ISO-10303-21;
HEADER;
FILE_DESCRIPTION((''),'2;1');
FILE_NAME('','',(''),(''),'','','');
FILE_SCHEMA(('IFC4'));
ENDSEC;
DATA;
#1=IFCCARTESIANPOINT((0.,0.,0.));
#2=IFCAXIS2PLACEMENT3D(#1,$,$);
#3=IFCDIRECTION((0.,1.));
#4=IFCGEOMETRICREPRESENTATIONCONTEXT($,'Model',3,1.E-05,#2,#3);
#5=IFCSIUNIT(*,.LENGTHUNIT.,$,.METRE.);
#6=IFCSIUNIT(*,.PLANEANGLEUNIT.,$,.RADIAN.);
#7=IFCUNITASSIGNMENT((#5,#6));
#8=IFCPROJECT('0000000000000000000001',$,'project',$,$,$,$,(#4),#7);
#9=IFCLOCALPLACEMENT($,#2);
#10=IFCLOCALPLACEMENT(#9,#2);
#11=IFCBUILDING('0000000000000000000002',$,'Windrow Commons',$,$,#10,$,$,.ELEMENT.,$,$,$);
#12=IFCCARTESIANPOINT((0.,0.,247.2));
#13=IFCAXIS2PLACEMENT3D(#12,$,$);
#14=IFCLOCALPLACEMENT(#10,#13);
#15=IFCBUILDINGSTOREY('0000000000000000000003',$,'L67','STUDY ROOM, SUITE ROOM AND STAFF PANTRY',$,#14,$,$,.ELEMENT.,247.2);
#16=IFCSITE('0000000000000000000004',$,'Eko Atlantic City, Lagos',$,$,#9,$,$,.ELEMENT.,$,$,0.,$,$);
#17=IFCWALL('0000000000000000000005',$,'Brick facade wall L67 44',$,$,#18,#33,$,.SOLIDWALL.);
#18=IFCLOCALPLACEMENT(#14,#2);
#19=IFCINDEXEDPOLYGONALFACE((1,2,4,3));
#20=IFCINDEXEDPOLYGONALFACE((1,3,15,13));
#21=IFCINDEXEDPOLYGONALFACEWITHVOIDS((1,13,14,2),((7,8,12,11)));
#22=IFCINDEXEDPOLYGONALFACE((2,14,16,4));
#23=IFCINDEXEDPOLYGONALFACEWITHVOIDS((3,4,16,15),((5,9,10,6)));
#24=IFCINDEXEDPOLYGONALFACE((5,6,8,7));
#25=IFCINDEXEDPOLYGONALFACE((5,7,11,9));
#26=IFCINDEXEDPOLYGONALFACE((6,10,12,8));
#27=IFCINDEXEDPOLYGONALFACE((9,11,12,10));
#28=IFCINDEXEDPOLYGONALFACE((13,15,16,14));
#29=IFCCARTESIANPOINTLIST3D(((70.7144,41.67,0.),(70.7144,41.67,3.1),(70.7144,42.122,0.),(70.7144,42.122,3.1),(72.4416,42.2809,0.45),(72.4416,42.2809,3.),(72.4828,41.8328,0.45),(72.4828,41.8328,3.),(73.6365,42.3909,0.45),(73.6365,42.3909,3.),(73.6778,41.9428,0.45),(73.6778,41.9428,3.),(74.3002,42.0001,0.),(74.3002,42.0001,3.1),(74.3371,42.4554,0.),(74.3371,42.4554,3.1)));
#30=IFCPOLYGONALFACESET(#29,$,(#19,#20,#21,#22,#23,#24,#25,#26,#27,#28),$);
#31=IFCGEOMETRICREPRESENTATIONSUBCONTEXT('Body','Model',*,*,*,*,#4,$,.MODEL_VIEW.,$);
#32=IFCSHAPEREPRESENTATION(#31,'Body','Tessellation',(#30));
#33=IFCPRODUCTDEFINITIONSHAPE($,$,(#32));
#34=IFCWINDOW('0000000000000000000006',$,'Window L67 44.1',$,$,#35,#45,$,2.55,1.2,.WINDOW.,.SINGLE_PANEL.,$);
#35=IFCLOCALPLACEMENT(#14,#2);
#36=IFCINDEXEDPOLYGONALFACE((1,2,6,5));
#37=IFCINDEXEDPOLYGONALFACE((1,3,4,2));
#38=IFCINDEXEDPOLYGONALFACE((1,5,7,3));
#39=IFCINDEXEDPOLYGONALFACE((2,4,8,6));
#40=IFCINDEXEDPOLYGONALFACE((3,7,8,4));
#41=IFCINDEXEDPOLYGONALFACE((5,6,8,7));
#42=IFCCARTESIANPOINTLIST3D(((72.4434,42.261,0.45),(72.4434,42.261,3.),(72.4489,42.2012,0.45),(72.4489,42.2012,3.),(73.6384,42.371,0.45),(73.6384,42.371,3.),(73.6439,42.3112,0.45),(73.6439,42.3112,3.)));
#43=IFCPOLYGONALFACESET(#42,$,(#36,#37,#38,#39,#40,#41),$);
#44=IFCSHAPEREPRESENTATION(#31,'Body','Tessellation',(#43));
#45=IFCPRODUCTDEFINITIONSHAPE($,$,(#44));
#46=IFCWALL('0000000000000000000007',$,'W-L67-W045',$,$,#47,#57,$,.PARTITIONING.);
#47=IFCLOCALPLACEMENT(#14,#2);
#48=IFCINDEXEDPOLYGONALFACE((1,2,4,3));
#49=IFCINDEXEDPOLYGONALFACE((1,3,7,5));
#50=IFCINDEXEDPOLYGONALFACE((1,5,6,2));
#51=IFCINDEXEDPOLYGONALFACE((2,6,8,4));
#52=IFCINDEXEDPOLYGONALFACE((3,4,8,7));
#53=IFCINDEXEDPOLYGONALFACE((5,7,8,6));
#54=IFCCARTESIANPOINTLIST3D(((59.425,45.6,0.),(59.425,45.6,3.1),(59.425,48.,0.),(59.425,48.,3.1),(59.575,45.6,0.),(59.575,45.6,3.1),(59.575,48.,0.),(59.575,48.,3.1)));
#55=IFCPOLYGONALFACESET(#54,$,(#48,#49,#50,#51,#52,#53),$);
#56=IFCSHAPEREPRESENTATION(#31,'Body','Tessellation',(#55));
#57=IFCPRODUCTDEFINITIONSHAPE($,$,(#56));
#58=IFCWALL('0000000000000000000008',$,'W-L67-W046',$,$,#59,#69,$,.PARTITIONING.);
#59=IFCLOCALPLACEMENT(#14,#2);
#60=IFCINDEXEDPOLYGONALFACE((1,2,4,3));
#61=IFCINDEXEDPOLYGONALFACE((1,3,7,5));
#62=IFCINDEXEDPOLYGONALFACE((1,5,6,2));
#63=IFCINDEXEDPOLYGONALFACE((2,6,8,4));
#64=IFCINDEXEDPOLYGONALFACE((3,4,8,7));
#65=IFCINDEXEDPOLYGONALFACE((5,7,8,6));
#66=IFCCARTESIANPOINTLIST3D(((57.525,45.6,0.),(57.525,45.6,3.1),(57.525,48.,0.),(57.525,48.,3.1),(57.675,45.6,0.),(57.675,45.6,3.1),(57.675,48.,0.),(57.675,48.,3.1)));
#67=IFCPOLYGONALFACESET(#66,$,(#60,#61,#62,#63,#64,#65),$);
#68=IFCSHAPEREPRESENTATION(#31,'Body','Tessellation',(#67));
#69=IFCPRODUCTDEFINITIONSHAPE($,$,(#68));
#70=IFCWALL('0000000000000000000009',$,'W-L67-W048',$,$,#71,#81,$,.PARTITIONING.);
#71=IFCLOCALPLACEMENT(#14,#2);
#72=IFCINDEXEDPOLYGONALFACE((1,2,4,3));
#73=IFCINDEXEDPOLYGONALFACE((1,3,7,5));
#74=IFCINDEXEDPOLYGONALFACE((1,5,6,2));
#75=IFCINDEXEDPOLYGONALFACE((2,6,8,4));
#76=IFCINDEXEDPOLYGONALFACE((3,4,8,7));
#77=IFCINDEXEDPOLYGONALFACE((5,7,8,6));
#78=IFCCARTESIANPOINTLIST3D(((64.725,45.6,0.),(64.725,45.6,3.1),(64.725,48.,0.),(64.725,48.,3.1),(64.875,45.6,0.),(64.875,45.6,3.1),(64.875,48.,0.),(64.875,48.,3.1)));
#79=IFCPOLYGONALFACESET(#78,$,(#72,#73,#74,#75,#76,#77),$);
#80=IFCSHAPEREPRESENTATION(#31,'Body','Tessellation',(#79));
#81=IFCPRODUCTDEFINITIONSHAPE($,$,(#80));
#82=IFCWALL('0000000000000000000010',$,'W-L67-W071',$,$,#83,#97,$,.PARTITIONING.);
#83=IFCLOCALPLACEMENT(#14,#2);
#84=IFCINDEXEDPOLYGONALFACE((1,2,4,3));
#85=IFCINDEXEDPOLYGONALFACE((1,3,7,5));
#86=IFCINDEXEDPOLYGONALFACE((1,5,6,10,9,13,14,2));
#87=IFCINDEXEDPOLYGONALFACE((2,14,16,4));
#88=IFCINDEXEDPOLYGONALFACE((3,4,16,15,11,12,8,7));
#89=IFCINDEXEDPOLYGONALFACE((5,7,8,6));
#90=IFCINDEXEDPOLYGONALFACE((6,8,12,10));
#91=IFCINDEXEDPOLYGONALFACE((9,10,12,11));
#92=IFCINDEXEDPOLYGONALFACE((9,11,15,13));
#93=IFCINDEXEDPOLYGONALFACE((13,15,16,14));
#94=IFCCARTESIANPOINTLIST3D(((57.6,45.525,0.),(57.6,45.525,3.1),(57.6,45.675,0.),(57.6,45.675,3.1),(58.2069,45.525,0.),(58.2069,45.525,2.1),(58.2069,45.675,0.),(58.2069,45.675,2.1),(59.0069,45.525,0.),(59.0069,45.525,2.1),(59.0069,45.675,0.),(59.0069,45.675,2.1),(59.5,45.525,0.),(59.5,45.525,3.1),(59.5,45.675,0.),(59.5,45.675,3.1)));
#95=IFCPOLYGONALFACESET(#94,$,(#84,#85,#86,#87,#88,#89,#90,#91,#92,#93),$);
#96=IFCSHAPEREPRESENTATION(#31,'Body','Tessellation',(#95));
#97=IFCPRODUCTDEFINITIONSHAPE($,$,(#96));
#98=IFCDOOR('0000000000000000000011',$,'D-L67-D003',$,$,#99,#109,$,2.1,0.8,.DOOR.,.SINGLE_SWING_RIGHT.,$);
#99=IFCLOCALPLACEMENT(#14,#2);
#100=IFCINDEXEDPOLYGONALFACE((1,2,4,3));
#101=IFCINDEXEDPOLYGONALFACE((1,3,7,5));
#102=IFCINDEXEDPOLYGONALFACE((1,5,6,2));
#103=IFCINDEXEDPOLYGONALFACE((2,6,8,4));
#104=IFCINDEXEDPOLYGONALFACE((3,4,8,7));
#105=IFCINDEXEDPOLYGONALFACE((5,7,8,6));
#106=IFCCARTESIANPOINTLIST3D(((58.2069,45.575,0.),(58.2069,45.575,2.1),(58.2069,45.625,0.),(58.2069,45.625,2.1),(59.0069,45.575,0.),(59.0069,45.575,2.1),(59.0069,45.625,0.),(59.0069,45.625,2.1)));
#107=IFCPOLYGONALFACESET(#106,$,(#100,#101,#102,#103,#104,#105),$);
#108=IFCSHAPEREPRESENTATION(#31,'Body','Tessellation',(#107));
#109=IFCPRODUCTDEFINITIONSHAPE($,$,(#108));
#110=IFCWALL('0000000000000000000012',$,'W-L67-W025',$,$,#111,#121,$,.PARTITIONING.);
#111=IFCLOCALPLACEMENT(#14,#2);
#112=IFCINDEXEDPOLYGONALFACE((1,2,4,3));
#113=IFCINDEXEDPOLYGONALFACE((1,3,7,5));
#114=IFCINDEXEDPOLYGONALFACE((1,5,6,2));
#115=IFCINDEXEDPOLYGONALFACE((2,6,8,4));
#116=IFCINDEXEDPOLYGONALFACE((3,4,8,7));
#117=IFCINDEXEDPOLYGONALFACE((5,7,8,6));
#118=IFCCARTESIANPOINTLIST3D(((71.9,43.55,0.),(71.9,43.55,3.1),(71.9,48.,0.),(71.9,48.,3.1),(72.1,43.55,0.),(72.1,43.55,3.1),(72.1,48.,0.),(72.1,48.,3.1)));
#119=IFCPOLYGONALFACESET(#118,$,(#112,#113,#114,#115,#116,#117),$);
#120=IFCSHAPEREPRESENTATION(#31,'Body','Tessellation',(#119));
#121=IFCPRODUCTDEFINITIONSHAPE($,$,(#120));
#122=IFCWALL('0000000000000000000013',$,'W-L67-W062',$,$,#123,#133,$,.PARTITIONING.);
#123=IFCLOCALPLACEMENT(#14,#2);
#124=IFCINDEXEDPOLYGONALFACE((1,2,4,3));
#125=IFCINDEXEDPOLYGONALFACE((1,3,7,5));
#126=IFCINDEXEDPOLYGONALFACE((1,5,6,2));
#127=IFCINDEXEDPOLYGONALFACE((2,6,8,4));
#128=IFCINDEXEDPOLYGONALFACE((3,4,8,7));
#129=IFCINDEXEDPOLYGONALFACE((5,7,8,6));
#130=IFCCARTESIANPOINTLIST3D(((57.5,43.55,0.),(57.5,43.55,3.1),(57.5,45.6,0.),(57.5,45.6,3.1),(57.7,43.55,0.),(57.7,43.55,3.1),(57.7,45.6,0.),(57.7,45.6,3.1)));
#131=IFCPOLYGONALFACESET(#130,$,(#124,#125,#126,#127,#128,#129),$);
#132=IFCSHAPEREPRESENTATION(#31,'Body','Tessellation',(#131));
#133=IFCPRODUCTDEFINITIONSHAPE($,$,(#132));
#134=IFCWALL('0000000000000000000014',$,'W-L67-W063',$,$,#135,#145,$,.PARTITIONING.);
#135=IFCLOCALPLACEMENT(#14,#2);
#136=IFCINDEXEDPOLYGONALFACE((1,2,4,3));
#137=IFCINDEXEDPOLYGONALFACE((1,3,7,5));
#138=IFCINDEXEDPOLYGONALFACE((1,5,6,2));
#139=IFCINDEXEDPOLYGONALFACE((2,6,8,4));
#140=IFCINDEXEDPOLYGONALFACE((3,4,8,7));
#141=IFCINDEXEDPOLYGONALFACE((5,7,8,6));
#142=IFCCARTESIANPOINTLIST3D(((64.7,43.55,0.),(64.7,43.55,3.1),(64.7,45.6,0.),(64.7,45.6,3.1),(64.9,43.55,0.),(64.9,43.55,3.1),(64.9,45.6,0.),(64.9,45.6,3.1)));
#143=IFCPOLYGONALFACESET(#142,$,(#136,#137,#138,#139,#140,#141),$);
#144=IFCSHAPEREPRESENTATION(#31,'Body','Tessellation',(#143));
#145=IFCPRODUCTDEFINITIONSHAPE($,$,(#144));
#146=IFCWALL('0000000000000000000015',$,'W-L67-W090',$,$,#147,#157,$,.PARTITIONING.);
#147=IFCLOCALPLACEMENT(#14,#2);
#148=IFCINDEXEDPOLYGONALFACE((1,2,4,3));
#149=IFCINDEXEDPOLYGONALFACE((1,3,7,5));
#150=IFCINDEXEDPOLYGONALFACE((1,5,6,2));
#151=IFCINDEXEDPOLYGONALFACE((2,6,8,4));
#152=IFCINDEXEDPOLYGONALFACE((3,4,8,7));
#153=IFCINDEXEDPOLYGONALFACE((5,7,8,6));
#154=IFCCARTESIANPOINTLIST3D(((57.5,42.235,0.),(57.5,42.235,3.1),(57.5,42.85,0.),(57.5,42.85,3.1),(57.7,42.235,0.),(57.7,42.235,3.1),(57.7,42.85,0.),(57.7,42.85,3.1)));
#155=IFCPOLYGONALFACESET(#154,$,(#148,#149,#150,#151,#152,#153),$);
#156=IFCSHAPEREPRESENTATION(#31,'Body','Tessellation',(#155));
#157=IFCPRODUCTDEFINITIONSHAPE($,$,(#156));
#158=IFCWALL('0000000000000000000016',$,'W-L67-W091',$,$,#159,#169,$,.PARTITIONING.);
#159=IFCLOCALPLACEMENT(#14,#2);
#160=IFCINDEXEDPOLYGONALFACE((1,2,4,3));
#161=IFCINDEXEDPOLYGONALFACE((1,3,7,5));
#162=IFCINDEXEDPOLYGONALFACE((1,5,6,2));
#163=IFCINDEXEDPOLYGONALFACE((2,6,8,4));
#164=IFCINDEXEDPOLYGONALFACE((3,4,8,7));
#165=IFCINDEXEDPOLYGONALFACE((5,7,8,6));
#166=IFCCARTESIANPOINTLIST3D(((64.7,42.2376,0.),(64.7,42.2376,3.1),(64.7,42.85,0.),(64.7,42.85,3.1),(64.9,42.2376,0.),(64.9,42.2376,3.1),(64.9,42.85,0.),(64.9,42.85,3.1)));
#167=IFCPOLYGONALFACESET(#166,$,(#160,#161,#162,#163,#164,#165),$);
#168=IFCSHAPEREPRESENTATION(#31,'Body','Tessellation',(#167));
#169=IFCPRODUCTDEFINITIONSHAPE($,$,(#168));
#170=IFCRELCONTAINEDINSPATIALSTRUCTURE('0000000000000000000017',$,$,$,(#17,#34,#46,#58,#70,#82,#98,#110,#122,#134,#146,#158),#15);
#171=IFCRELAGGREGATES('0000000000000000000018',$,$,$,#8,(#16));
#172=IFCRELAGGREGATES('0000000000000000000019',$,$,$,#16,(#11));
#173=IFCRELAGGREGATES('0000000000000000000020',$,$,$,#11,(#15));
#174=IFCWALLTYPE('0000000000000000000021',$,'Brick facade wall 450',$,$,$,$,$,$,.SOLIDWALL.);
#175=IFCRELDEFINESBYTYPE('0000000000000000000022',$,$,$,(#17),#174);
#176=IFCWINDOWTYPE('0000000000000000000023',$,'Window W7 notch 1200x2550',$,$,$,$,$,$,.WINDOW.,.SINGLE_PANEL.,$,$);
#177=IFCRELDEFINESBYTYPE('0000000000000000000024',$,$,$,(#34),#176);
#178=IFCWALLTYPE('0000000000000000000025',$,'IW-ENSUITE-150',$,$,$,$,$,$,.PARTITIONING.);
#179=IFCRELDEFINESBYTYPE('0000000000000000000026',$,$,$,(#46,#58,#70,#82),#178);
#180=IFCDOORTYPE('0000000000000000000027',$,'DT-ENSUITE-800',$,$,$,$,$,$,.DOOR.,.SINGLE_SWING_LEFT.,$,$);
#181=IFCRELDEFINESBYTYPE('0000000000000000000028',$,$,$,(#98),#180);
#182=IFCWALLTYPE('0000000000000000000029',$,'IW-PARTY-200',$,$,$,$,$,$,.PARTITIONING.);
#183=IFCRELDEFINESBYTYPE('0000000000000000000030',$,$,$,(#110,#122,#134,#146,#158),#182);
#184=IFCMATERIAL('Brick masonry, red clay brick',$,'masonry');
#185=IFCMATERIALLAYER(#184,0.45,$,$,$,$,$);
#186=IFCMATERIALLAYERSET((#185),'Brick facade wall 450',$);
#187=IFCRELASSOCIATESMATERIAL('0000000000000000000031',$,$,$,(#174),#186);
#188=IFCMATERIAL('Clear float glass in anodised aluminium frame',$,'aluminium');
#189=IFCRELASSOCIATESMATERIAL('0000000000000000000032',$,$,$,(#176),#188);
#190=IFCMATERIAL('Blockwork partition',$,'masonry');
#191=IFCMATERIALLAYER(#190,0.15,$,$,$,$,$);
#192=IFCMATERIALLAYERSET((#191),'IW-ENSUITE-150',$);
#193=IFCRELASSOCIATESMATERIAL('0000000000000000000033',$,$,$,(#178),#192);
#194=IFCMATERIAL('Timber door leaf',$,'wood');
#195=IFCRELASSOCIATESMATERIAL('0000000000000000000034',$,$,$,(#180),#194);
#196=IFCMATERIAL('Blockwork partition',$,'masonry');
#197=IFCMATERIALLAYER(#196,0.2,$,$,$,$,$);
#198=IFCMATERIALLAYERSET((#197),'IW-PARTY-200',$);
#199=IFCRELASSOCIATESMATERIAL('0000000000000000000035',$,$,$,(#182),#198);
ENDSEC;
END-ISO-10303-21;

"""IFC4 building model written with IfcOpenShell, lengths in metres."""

from ifc_helpers import new_model, si_unit, direction, frame, frame_2d, origin, place, context, subcontext, project, spatial, polyline, rectangle, outline, extrude, material, layer, layer_set, type_object, element, fill, save


model = new_model("IFC4")

# Units and contexts
model_context = context("Model", 3, precision=1e-05, world=origin(), true_north=direction((0.0, 1.0)))
body_context = subcontext(model_context, "Body", "Model", "MODEL_VIEW")
ifc_project = project(units=[si_unit("LENGTHUNIT", "METRE"), si_unit("PLANEANGLEUNIT", "RADIAN")], contexts=[model_context])

# Site, building, storey
site_placement = place(None, origin())
site = spatial("IfcSite", under=ifc_project, at=site_placement, Name="Eko Atlantic City, Lagos", CompositionType="ELEMENT", RefElevation=0.0)
building_placement = place(site_placement, origin())
building = spatial("IfcBuilding", under=site, at=building_placement, Name="Windrow Commons", CompositionType="ELEMENT")
storey_placement = place(building_placement, frame((0.0, 0.0, 247.2)))
storey = spatial("IfcBuildingStorey", under=building, at=storey_placement, Name="L67", Description="STUDY ROOM, SUITE ROOM AND STAFF PANTRY", CompositionType="ELEMENT", Elevation=247.2)

# Wall, opening, window
ifc_material_1 = material(Name="Brick masonry, red clay brick", Category="masonry")
ifc_layer_1 = layer(ifc_material_1, 0.45)
ifc_layer_set_1 = layer_set([ifc_layer_1], Name="Brick facade wall 450")
wall_type_1 = type_object("IfcWallType", Name="Brick facade wall 450", PredefinedType="SOLIDWALL", material=ifc_layer_set_1)
ifc_material_2 = material(Name="Clear float glass in anodised aluminium frame", Category="aluminium")
window_type = type_object("IfcWindowType", Name="Window W7 notch 1200x2550", PartitioningType="SINGLE_PANEL", PredefinedType="WINDOW", material=ifc_material_2)
wall_1_placement = place(storey_placement, frame((70.7144, 41.896, 0.0), z_axis=(0.0, 0.0, 1.0), x_axis=(0.995792, 0.091644, 0.0)))
wall_1 = element("IfcWall", 1, at=wall_1_placement, inside=storey, type_object=wall_type_1, Name="Brick facade wall L67 44", PredefinedType="SOLIDWALL", context=body_context, shape_type="SweptSolid", body=[
    extrude(outline(polyline([(-0.0207, -0.225), (3.5802, -0.225), (3.6587, 0.225), (0.0207, 0.225), (-0.0207, -0.225)])), origin(), (0.0, 0.0, 1.0), 3.1),
])
opening_1_placement = place(wall_1_placement, frame((1.7552, 0.0, 0.45)))
opening_1 = element("IfcOpeningElement", 2, at=opening_1_placement, cuts=wall_1, PredefinedType="OPENING", context=body_context, shape_type="SweptSolid", body=[
    extrude(rectangle(XDim=1.2, YDim=2.55, at=frame_2d((0.6, 1.275))), frame((0.0, 0.235, 0.0), z_axis=(0.0, -1.0, 0.0), x_axis=(1.0, 0.0, 0.0)), (0.0, 0.0, 1.0), 0.47),
])
window_1_placement = place(opening_1_placement, origin())
window_1 = element("IfcWindow", 3, at=window_1_placement, inside=storey, type_object=window_type, Name="Window L67 44.1", OverallHeight=2.55, OverallWidth=1.2, PartitioningType="SINGLE_PANEL", PredefinedType="WINDOW", context=body_context, shape_type="SweptSolid", body=[
    extrude(rectangle(XDim=1.2, YDim=2.55, at=frame_2d((0.6, 1.275))), frame((0.0, 0.205, 0.0), z_axis=(0.0, -1.0, 0.0), x_axis=(1.0, 0.0, 0.0)), (0.0, 0.0, 1.0), 0.06),
])
fill(opening_1, window_1)

# Walls
ifc_material_3 = material(Name="Blockwork partition", Category="masonry")
ifc_layer_2 = layer(ifc_material_3, 0.15)
ifc_layer_set_2 = layer_set([ifc_layer_2], Name="IW-ENSUITE-150")
wall_type_2 = type_object("IfcWallType", Name="IW-ENSUITE-150", PredefinedType="PARTITIONING", material=ifc_layer_set_2)
for number, where, z_axis, x_axis, name in (
    (4, (59.5, 45.6, 0.0), (0.0, 0.0, 1.0), (0.0, 1.0, 0.0), "W-L67-W045"),
    (5, (57.6, 45.6, 0.0), (0.0, 0.0, 1.0), (0.0, 1.0, 0.0), "W-L67-W046"),
    (6, (64.8, 45.6, 0.0), (0.0, 0.0, 1.0), (0.0, 1.0, 0.0), "W-L67-W048"),
):
    element("IfcWall", number, at=place(storey_placement, frame(where, z_axis=z_axis, x_axis=x_axis)), inside=storey, type_object=wall_type_2, Name=name, PredefinedType="PARTITIONING", context=body_context, shape_type="SweptSolid", body=[
        extrude(rectangle(XDim=2.4, YDim=0.15, at=frame_2d((1.2, 0.0))), origin(), (0.0, 0.0, 1.0), 3.1),
    ])

# Wall, opening, door
wall_2_placement = place(storey_placement, frame((57.6, 45.6, 0.0), z_axis=(0.0, 0.0, 1.0), x_axis=(1.0, 0.0, 0.0)))
wall_2 = element("IfcWall", 7, at=wall_2_placement, inside=storey, type_object=wall_type_2, Name="W-L67-W071", PredefinedType="PARTITIONING", context=body_context, shape_type="SweptSolid", body=[
    extrude(rectangle(XDim=1.9, YDim=0.15, at=frame_2d((0.95, 0.0))), origin(), (0.0, 0.0, 1.0), 3.1),
])
opening_2_placement = place(wall_2_placement, frame((0.6069, 0.0, 0.0)))
opening_2 = element("IfcOpeningElement", 8, at=opening_2_placement, cuts=wall_2, PredefinedType="OPENING", context=body_context, shape_type="SweptSolid", body=[
    extrude(rectangle(XDim=0.8, YDim=2.1, at=frame_2d((0.4, 1.05))), frame((0.0, 0.085, 0.0), z_axis=(0.0, -1.0, 0.0), x_axis=(1.0, 0.0, 0.0)), (0.0, 0.0, 1.0), 0.17),
])
ifc_material_4 = material(Name="Timber door leaf", Category="wood")
door_type = type_object("IfcDoorType", Name="DT-ENSUITE-800", OperationType="SINGLE_SWING_LEFT", PredefinedType="DOOR", material=ifc_material_4)
door_placement = place(opening_2_placement, origin())
door = element("IfcDoor", 9, at=door_placement, inside=storey, type_object=door_type, Name="D-L67-D003", OperationType="SINGLE_SWING_RIGHT", OverallHeight=2.1, OverallWidth=0.8, PredefinedType="DOOR", context=body_context, shape_type="SweptSolid", body=[
    extrude(rectangle(XDim=0.8, YDim=2.1, at=frame_2d((0.4, 1.05))), frame((0.0, 0.025, 0.0), z_axis=(0.0, -1.0, 0.0), x_axis=(1.0, 0.0, 0.0)), (0.0, 0.0, 1.0), 0.05),
])
fill(opening_2, door)

# Walls
ifc_material_5 = material(Name="Blockwork partition", Category="masonry")
ifc_layer_3 = layer(ifc_material_5, 0.2)
ifc_layer_set_3 = layer_set([ifc_layer_3], Name="IW-PARTY-200")
wall_type_3 = type_object("IfcWallType", Name="IW-PARTY-200", PredefinedType="PARTITIONING", material=ifc_layer_set_3)
wall_3_placement = place(storey_placement, frame((72.0, 43.55, 0.0), z_axis=(0.0, 0.0, 1.0), x_axis=(0.0, 1.0, 0.0)))
element("IfcWall", 10, at=wall_3_placement, inside=storey, type_object=wall_type_3, Name="W-L67-W025", PredefinedType="PARTITIONING", context=body_context, shape_type="SweptSolid", body=[
    extrude(rectangle(XDim=4.45, YDim=0.2, at=frame_2d((2.225, 0.0))), origin(), (0.0, 0.0, 1.0), 3.1),
])
for number, where, z_axis, x_axis, name in (
    (11, (57.6, 43.55, 0.0), (0.0, 0.0, 1.0), (0.0, 1.0, 0.0), "W-L67-W062"),
    (12, (64.8, 43.55, 0.0), (0.0, 0.0, 1.0), (0.0, 1.0, 0.0), "W-L67-W063"),
):
    element("IfcWall", number, at=place(storey_placement, frame(where, z_axis=z_axis, x_axis=x_axis)), inside=storey, type_object=wall_type_3, Name=name, PredefinedType="PARTITIONING", context=body_context, shape_type="SweptSolid", body=[
        extrude(rectangle(XDim=2.05, YDim=0.2, at=frame_2d((1.025, 0.0))), origin(), (0.0, 0.0, 1.0), 3.1),
    ])
wall_4_placement = place(storey_placement, frame((57.6, 42.235, 0.0), z_axis=(0.0, 0.0, 1.0), x_axis=(0.0, 1.0, 0.0)))
element("IfcWall", 13, at=wall_4_placement, inside=storey, type_object=wall_type_3, Name="W-L67-W090", PredefinedType="PARTITIONING", context=body_context, shape_type="SweptSolid", body=[
    extrude(rectangle(XDim=0.615, YDim=0.2, at=frame_2d((0.3075, 0.0))), origin(), (0.0, 0.0, 1.0), 3.1),
])
wall_5_placement = place(storey_placement, frame((64.8, 42.2376, 0.0), z_axis=(0.0, 0.0, 1.0), x_axis=(0.0, 1.0, 0.0)))
element("IfcWall", 14, at=wall_5_placement, inside=storey, type_object=wall_type_3, Name="W-L67-W091", PredefinedType="PARTITIONING", context=body_context, shape_type="SweptSolid", body=[
    extrude(rectangle(XDim=0.6124, YDim=0.2, at=frame_2d((0.3062, 0.0))), origin(), (0.0, 0.0, 1.0), 3.1),
])

save(model, "model.ifc")
